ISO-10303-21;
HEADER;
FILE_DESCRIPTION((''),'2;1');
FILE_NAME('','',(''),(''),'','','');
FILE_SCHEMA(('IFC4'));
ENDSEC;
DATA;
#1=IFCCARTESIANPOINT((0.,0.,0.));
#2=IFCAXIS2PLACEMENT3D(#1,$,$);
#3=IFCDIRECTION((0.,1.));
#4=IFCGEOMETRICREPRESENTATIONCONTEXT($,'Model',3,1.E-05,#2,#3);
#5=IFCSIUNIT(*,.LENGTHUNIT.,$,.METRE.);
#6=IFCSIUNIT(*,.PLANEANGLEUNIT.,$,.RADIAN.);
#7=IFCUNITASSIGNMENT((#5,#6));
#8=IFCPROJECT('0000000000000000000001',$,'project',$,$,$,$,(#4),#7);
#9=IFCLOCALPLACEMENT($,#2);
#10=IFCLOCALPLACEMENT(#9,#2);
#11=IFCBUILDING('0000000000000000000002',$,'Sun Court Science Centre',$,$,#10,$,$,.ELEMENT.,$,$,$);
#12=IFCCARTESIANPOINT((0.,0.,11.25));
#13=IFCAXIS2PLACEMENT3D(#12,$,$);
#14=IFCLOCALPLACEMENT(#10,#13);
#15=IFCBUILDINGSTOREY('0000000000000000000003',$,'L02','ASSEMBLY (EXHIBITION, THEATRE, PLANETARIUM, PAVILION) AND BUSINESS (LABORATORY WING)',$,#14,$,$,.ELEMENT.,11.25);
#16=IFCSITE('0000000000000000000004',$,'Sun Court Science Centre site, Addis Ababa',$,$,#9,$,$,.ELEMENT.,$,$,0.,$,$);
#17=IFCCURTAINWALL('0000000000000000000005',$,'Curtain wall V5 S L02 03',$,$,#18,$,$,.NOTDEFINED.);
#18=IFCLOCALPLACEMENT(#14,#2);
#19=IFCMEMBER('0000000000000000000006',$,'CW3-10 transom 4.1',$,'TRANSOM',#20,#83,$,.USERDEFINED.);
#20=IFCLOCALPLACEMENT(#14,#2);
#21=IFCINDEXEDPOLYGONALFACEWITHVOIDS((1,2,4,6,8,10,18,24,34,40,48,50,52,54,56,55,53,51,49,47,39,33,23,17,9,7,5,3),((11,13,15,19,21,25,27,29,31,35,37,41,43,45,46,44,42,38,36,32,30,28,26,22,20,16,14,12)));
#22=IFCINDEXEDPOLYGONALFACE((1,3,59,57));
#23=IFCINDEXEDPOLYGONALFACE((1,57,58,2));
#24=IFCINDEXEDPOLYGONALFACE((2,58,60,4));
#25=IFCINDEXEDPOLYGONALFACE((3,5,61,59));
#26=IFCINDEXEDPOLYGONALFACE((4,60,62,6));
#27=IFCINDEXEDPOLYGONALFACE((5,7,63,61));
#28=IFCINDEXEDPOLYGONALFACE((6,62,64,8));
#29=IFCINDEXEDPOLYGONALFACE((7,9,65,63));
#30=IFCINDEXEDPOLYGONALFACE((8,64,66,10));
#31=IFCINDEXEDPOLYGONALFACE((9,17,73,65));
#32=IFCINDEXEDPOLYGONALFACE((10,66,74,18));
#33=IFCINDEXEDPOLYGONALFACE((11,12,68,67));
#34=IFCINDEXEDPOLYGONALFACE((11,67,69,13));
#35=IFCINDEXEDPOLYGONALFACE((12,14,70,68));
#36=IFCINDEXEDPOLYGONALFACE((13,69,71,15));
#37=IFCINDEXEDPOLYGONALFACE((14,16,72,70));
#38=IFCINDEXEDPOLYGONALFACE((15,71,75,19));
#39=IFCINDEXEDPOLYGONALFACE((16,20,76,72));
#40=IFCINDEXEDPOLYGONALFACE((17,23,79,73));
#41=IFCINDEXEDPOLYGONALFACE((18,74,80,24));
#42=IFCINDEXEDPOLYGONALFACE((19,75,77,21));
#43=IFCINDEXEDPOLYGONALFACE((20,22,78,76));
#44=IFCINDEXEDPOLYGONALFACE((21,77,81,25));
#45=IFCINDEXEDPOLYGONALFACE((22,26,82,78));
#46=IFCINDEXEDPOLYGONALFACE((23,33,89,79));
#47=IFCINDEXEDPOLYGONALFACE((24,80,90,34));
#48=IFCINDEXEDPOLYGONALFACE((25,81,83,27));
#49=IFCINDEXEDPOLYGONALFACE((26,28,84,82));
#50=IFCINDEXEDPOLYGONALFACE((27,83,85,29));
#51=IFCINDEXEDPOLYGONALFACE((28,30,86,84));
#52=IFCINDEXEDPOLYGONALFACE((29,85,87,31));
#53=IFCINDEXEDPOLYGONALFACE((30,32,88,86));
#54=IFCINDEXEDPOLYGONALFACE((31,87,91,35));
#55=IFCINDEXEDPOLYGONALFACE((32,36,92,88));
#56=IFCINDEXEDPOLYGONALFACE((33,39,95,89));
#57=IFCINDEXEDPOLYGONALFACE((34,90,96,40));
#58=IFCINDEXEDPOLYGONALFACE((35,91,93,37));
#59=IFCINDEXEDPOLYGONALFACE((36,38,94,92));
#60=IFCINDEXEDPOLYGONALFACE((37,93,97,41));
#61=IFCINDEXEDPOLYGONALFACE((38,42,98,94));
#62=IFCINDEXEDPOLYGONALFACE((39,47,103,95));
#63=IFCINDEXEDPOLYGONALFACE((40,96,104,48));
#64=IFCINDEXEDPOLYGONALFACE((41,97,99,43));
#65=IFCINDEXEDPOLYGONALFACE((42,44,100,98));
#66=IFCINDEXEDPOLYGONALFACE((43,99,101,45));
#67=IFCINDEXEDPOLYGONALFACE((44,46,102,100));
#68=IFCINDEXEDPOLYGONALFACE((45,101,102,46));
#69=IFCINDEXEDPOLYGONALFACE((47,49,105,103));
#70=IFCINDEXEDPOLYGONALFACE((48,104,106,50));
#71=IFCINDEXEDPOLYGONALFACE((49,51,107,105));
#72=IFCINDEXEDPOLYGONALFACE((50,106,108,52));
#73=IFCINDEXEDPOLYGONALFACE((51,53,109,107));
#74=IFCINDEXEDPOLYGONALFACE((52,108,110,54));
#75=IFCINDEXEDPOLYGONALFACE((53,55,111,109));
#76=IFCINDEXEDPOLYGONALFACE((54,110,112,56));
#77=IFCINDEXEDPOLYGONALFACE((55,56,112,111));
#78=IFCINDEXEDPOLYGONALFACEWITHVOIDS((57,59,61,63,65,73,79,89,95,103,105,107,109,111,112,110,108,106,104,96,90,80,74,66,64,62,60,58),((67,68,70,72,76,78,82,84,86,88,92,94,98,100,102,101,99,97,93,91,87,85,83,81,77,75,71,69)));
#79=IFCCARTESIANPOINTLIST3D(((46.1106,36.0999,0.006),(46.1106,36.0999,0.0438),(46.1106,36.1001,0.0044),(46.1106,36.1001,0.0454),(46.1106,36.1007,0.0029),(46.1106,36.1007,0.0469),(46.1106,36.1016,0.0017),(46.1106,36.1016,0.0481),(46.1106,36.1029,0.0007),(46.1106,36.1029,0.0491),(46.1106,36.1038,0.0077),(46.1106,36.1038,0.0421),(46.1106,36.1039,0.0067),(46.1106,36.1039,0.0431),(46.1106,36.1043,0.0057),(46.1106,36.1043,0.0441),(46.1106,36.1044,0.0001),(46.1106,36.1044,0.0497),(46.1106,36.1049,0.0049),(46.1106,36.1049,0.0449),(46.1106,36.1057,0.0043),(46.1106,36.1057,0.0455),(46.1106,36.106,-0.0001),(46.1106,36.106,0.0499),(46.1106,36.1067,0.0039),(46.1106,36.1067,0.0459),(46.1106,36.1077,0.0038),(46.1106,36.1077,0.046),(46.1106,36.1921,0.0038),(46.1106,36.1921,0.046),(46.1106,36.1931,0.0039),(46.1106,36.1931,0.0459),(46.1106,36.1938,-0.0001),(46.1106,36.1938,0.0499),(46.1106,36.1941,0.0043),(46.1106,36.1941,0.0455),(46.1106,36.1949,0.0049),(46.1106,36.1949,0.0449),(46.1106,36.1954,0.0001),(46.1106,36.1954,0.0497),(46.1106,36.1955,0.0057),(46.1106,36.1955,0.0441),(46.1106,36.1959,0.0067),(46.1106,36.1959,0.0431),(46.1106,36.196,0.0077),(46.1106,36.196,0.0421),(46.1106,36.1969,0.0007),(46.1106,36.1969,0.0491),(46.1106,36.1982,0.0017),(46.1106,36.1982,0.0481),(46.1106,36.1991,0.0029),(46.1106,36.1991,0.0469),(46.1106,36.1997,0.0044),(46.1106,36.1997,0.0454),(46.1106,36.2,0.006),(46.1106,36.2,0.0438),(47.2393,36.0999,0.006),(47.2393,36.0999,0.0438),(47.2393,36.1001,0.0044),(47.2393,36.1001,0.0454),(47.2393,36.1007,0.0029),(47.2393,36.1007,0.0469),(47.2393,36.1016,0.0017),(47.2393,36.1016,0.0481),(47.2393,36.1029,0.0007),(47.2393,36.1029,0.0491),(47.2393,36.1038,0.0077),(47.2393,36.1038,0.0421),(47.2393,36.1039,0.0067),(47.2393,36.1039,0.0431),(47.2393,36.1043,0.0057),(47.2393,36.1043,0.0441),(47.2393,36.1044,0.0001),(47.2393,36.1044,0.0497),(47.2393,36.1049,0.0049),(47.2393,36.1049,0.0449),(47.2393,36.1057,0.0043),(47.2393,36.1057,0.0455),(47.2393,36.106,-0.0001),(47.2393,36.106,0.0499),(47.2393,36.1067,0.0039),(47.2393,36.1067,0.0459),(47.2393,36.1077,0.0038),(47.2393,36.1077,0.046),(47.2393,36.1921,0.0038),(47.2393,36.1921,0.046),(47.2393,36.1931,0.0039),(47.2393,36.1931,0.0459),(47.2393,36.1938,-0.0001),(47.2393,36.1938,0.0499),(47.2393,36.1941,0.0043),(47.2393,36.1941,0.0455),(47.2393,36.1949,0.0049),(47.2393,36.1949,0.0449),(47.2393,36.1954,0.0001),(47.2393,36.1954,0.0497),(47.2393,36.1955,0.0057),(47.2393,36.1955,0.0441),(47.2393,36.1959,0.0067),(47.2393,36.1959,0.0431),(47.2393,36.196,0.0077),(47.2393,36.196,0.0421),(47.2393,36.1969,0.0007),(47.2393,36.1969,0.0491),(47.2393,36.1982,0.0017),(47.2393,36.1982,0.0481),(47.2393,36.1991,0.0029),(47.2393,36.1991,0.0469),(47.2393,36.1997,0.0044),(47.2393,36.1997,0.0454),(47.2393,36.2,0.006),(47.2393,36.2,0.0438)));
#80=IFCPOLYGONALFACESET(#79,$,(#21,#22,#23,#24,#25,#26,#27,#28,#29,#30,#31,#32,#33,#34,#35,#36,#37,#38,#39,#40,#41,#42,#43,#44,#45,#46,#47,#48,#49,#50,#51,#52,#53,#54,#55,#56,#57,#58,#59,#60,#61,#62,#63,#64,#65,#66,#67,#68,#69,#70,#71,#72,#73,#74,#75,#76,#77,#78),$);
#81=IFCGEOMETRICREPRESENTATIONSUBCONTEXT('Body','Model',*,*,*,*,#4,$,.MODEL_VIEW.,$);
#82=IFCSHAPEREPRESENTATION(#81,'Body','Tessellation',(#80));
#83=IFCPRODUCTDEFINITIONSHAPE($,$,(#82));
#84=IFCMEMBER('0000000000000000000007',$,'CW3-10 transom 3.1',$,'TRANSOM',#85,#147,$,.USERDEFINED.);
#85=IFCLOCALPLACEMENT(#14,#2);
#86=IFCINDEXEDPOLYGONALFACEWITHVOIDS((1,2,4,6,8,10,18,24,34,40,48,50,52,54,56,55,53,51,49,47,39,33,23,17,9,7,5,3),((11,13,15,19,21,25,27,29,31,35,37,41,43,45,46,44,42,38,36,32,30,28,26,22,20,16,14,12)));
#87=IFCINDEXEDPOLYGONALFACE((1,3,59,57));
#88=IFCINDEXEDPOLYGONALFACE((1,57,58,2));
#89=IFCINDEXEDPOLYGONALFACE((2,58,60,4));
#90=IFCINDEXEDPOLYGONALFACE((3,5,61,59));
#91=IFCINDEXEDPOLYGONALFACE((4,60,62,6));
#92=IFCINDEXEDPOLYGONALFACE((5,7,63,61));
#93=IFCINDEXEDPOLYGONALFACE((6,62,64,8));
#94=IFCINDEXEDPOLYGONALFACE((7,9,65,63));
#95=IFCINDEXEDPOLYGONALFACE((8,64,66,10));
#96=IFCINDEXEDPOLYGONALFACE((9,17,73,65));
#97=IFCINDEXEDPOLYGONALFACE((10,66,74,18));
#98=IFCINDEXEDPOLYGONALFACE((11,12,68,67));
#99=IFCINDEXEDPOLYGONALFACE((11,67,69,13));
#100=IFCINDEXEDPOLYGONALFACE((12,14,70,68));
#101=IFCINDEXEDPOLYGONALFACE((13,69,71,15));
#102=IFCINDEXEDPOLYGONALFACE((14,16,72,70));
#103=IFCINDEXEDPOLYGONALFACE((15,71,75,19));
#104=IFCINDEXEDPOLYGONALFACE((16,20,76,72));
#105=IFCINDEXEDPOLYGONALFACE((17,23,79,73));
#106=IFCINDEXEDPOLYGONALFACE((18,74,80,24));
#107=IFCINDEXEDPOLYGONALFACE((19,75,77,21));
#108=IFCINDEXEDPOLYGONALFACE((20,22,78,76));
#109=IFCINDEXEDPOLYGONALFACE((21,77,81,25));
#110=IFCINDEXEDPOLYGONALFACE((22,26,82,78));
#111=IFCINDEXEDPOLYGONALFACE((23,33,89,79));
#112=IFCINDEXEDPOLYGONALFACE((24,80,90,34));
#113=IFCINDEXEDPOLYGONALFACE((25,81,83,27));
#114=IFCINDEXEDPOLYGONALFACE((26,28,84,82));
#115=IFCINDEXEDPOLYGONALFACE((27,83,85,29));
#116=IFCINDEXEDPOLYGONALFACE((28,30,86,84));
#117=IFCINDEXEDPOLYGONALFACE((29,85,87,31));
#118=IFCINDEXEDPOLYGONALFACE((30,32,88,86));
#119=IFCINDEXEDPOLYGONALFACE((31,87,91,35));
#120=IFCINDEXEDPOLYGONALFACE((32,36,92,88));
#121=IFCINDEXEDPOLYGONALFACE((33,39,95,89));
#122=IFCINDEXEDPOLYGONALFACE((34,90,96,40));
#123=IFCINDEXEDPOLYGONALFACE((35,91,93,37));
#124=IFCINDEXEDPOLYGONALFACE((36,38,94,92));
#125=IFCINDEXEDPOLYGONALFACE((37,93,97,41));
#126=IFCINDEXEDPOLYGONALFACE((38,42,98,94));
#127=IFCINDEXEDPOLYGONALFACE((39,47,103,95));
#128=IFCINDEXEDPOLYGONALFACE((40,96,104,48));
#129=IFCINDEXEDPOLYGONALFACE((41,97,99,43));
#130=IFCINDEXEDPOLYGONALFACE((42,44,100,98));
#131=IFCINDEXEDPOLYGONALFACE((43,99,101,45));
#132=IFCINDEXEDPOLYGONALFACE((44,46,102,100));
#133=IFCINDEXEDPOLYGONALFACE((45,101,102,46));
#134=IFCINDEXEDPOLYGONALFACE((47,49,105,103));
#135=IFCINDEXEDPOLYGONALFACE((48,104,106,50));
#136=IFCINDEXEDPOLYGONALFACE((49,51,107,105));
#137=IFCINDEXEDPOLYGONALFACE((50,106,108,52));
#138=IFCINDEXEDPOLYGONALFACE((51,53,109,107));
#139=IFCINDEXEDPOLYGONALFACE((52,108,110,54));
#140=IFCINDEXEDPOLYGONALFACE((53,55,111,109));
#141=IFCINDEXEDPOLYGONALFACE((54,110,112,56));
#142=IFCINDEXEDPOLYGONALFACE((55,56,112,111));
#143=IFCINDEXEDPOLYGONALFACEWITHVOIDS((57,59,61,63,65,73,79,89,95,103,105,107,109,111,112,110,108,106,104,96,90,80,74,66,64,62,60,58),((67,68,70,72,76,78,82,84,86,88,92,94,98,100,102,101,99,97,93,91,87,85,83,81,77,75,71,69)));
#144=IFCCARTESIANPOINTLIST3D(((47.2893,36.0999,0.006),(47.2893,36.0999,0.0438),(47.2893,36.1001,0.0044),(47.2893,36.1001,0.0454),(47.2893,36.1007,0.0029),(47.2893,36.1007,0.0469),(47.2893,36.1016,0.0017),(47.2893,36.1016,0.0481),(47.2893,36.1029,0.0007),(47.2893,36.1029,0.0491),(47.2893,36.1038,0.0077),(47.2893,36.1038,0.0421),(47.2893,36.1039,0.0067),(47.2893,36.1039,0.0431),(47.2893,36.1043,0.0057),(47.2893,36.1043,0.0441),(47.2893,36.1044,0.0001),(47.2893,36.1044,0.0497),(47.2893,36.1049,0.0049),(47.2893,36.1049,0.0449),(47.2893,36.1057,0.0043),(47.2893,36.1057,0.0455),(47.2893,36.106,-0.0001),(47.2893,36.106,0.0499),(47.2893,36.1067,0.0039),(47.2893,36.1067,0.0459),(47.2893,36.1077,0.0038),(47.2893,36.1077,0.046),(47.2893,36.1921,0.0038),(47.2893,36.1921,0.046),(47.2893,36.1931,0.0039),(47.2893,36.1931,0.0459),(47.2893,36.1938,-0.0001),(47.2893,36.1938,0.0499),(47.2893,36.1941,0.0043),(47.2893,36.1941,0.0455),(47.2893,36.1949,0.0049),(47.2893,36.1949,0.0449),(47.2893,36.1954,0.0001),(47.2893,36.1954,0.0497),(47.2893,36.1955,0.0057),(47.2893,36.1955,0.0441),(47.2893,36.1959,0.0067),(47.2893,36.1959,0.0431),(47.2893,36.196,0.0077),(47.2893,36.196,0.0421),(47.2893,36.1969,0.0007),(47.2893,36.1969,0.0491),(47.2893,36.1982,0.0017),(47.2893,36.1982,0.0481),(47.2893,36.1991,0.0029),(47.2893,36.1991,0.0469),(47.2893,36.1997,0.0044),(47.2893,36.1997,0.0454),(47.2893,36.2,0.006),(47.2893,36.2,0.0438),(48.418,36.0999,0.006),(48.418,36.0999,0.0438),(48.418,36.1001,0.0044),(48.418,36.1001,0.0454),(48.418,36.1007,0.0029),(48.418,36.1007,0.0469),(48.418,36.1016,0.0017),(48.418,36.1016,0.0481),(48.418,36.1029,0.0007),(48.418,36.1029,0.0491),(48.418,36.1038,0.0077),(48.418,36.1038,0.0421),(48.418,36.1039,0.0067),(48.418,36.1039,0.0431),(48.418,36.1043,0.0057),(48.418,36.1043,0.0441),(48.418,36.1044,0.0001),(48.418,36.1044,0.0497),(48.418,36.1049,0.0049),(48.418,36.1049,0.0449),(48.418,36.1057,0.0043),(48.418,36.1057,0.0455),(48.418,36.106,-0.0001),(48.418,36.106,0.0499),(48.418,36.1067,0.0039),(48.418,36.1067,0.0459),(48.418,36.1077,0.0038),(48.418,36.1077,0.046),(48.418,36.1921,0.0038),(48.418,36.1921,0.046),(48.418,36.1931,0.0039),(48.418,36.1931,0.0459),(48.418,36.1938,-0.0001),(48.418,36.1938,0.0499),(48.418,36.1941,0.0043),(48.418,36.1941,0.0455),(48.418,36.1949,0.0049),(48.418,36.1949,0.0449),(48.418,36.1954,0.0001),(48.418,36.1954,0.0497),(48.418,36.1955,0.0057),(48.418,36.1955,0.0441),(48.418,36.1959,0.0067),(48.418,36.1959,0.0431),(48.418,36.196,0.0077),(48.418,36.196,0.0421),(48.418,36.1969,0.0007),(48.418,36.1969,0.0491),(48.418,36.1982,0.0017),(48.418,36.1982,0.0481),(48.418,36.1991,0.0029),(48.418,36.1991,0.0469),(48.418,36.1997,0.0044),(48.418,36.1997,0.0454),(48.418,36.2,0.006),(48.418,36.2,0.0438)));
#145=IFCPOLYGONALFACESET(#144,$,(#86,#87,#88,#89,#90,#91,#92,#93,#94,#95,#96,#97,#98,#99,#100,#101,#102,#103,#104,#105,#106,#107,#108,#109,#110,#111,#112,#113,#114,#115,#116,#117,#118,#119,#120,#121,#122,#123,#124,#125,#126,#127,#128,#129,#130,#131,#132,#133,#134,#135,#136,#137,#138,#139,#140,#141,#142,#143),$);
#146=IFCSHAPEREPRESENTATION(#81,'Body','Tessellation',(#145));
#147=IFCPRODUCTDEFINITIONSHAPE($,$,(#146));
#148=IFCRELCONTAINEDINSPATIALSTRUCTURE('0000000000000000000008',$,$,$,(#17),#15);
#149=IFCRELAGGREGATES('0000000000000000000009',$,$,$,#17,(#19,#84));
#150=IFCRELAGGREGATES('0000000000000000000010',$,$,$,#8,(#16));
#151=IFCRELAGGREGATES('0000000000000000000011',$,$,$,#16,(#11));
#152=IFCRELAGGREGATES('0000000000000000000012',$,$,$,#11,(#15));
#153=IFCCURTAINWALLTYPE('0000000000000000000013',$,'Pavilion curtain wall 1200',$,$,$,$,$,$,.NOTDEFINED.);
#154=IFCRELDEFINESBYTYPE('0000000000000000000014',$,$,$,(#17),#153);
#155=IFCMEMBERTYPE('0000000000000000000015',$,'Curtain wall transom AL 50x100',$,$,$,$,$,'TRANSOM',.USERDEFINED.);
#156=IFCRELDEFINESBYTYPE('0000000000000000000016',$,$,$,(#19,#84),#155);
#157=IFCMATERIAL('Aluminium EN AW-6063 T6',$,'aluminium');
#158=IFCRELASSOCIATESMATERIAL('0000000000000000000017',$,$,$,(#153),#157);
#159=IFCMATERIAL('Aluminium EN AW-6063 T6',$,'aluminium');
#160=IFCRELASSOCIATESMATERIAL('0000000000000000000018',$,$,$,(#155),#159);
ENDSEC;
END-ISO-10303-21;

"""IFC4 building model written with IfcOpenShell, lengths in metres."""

from ifc_helpers import new_model, si_unit, direction, frame, origin, origin_2d, place, context, subcontext, project, spatial, hollow_rectangle, extrude, material, material_profile, profile_set, type_object, element, aggregate, save


model = new_model("IFC4")

# Units and contexts
model_context = context("Model", 3, precision=1e-05, world=origin(), true_north=direction((0.0, 1.0)))
body_context = subcontext(model_context, "Body", "Model", "MODEL_VIEW")
ifc_project = project(units=[si_unit("LENGTHUNIT", "METRE"), si_unit("PLANEANGLEUNIT", "RADIAN")], contexts=[model_context])

# Site, building, storey
site_placement = place(None, origin())
site = spatial("IfcSite", under=ifc_project, at=site_placement, Name="Sun Court Science Centre site, Addis Ababa", CompositionType="ELEMENT", RefElevation=0.0)
building_placement = place(site_placement, origin())
building = spatial("IfcBuilding", under=site, at=building_placement, Name="Sun Court Science Centre", CompositionType="ELEMENT")
storey_placement = place(building_placement, frame((0.0, 0.0, 11.25)))
storey = spatial("IfcBuildingStorey", under=building, at=storey_placement, Name="L02", Description="ASSEMBLY (EXHIBITION, THEATRE, PLANETARIUM, PAVILION) AND BUSINESS (LABORATORY WING)", CompositionType="ELEMENT", Elevation=11.25)

# Curtain wall, members
ifc_material_1 = material(Name="Aluminium EN AW-6063 T6", Category="aluminium")
curtain_wall_type = type_object("IfcCurtainWallType", Name="Pavilion curtain wall 1200", PredefinedType="NOTDEFINED", material=ifc_material_1)
curtain_wall_placement = place(storey_placement, origin())
curtain_wall = element("IfcCurtainWall", 1, at=curtain_wall_placement, inside=storey, type_object=curtain_wall_type, Name="Curtain wall V5 S L02 03", PredefinedType="NOTDEFINED")
ifc_material_2 = material(Name="Aluminium EN AW-6063 T6", Category="aluminium")
ifc_material_profile_1 = material_profile(ifc_material_2, hollow_rectangle(XDim=0.05, YDim=0.1001, WallThickness=0.0039, InnerFilletRadius=0.0039, OuterFilletRadius=0.0061, at=origin_2d()), Name="AL 50x100x4")
ifc_profile_set_1 = profile_set([ifc_material_profile_1], Name="Aluminium EN AW-6063 T6")
member_type_1 = type_object("IfcMemberType", Name="Curtain wall transom AL 50x100", ElementType="TRANSOM", PredefinedType="USERDEFINED", material=ifc_profile_set_1)
member_1_placement = place(storey_placement, frame((47.2393, 36.1499, 0.0249), z_axis=(-1.0, 0.0, 0.0), x_axis=(0.0, 0.0, 1.0)))
member_1 = element("IfcMember", 2, at=member_1_placement, type_object=member_type_1, Name="CW3-10 transom 4.1", ObjectType="TRANSOM", PredefinedType="USERDEFINED", context=body_context, shape_type="SweptSolid", body=[
    extrude(hollow_rectangle(XDim=0.05, YDim=0.1001, WallThickness=0.0039, InnerFilletRadius=0.0039, OuterFilletRadius=0.0061, at=origin_2d()), origin(), (0.0, 0.0, 1.0), 1.1287),
])
member_2_placement = place(storey_placement, frame((48.418, 36.1499, 0.0249), z_axis=(-1.0, 0.0, 0.0), x_axis=(0.0, 0.0, 1.0)))
member_2 = element("IfcMember", 3, at=member_2_placement, type_object=member_type_1, Name="CW3-10 transom 3.1", ObjectType="TRANSOM", PredefinedType="USERDEFINED", context=body_context, shape_type="SweptSolid", body=[
    extrude(hollow_rectangle(XDim=0.05, YDim=0.1001, WallThickness=0.0039, InnerFilletRadius=0.0039, OuterFilletRadius=0.0061, at=origin_2d()), origin(), (0.0, 0.0, 1.0), 1.1287),
])
aggregate(curtain_wall, [member_1, member_2])

save(model, "model.ifc")
